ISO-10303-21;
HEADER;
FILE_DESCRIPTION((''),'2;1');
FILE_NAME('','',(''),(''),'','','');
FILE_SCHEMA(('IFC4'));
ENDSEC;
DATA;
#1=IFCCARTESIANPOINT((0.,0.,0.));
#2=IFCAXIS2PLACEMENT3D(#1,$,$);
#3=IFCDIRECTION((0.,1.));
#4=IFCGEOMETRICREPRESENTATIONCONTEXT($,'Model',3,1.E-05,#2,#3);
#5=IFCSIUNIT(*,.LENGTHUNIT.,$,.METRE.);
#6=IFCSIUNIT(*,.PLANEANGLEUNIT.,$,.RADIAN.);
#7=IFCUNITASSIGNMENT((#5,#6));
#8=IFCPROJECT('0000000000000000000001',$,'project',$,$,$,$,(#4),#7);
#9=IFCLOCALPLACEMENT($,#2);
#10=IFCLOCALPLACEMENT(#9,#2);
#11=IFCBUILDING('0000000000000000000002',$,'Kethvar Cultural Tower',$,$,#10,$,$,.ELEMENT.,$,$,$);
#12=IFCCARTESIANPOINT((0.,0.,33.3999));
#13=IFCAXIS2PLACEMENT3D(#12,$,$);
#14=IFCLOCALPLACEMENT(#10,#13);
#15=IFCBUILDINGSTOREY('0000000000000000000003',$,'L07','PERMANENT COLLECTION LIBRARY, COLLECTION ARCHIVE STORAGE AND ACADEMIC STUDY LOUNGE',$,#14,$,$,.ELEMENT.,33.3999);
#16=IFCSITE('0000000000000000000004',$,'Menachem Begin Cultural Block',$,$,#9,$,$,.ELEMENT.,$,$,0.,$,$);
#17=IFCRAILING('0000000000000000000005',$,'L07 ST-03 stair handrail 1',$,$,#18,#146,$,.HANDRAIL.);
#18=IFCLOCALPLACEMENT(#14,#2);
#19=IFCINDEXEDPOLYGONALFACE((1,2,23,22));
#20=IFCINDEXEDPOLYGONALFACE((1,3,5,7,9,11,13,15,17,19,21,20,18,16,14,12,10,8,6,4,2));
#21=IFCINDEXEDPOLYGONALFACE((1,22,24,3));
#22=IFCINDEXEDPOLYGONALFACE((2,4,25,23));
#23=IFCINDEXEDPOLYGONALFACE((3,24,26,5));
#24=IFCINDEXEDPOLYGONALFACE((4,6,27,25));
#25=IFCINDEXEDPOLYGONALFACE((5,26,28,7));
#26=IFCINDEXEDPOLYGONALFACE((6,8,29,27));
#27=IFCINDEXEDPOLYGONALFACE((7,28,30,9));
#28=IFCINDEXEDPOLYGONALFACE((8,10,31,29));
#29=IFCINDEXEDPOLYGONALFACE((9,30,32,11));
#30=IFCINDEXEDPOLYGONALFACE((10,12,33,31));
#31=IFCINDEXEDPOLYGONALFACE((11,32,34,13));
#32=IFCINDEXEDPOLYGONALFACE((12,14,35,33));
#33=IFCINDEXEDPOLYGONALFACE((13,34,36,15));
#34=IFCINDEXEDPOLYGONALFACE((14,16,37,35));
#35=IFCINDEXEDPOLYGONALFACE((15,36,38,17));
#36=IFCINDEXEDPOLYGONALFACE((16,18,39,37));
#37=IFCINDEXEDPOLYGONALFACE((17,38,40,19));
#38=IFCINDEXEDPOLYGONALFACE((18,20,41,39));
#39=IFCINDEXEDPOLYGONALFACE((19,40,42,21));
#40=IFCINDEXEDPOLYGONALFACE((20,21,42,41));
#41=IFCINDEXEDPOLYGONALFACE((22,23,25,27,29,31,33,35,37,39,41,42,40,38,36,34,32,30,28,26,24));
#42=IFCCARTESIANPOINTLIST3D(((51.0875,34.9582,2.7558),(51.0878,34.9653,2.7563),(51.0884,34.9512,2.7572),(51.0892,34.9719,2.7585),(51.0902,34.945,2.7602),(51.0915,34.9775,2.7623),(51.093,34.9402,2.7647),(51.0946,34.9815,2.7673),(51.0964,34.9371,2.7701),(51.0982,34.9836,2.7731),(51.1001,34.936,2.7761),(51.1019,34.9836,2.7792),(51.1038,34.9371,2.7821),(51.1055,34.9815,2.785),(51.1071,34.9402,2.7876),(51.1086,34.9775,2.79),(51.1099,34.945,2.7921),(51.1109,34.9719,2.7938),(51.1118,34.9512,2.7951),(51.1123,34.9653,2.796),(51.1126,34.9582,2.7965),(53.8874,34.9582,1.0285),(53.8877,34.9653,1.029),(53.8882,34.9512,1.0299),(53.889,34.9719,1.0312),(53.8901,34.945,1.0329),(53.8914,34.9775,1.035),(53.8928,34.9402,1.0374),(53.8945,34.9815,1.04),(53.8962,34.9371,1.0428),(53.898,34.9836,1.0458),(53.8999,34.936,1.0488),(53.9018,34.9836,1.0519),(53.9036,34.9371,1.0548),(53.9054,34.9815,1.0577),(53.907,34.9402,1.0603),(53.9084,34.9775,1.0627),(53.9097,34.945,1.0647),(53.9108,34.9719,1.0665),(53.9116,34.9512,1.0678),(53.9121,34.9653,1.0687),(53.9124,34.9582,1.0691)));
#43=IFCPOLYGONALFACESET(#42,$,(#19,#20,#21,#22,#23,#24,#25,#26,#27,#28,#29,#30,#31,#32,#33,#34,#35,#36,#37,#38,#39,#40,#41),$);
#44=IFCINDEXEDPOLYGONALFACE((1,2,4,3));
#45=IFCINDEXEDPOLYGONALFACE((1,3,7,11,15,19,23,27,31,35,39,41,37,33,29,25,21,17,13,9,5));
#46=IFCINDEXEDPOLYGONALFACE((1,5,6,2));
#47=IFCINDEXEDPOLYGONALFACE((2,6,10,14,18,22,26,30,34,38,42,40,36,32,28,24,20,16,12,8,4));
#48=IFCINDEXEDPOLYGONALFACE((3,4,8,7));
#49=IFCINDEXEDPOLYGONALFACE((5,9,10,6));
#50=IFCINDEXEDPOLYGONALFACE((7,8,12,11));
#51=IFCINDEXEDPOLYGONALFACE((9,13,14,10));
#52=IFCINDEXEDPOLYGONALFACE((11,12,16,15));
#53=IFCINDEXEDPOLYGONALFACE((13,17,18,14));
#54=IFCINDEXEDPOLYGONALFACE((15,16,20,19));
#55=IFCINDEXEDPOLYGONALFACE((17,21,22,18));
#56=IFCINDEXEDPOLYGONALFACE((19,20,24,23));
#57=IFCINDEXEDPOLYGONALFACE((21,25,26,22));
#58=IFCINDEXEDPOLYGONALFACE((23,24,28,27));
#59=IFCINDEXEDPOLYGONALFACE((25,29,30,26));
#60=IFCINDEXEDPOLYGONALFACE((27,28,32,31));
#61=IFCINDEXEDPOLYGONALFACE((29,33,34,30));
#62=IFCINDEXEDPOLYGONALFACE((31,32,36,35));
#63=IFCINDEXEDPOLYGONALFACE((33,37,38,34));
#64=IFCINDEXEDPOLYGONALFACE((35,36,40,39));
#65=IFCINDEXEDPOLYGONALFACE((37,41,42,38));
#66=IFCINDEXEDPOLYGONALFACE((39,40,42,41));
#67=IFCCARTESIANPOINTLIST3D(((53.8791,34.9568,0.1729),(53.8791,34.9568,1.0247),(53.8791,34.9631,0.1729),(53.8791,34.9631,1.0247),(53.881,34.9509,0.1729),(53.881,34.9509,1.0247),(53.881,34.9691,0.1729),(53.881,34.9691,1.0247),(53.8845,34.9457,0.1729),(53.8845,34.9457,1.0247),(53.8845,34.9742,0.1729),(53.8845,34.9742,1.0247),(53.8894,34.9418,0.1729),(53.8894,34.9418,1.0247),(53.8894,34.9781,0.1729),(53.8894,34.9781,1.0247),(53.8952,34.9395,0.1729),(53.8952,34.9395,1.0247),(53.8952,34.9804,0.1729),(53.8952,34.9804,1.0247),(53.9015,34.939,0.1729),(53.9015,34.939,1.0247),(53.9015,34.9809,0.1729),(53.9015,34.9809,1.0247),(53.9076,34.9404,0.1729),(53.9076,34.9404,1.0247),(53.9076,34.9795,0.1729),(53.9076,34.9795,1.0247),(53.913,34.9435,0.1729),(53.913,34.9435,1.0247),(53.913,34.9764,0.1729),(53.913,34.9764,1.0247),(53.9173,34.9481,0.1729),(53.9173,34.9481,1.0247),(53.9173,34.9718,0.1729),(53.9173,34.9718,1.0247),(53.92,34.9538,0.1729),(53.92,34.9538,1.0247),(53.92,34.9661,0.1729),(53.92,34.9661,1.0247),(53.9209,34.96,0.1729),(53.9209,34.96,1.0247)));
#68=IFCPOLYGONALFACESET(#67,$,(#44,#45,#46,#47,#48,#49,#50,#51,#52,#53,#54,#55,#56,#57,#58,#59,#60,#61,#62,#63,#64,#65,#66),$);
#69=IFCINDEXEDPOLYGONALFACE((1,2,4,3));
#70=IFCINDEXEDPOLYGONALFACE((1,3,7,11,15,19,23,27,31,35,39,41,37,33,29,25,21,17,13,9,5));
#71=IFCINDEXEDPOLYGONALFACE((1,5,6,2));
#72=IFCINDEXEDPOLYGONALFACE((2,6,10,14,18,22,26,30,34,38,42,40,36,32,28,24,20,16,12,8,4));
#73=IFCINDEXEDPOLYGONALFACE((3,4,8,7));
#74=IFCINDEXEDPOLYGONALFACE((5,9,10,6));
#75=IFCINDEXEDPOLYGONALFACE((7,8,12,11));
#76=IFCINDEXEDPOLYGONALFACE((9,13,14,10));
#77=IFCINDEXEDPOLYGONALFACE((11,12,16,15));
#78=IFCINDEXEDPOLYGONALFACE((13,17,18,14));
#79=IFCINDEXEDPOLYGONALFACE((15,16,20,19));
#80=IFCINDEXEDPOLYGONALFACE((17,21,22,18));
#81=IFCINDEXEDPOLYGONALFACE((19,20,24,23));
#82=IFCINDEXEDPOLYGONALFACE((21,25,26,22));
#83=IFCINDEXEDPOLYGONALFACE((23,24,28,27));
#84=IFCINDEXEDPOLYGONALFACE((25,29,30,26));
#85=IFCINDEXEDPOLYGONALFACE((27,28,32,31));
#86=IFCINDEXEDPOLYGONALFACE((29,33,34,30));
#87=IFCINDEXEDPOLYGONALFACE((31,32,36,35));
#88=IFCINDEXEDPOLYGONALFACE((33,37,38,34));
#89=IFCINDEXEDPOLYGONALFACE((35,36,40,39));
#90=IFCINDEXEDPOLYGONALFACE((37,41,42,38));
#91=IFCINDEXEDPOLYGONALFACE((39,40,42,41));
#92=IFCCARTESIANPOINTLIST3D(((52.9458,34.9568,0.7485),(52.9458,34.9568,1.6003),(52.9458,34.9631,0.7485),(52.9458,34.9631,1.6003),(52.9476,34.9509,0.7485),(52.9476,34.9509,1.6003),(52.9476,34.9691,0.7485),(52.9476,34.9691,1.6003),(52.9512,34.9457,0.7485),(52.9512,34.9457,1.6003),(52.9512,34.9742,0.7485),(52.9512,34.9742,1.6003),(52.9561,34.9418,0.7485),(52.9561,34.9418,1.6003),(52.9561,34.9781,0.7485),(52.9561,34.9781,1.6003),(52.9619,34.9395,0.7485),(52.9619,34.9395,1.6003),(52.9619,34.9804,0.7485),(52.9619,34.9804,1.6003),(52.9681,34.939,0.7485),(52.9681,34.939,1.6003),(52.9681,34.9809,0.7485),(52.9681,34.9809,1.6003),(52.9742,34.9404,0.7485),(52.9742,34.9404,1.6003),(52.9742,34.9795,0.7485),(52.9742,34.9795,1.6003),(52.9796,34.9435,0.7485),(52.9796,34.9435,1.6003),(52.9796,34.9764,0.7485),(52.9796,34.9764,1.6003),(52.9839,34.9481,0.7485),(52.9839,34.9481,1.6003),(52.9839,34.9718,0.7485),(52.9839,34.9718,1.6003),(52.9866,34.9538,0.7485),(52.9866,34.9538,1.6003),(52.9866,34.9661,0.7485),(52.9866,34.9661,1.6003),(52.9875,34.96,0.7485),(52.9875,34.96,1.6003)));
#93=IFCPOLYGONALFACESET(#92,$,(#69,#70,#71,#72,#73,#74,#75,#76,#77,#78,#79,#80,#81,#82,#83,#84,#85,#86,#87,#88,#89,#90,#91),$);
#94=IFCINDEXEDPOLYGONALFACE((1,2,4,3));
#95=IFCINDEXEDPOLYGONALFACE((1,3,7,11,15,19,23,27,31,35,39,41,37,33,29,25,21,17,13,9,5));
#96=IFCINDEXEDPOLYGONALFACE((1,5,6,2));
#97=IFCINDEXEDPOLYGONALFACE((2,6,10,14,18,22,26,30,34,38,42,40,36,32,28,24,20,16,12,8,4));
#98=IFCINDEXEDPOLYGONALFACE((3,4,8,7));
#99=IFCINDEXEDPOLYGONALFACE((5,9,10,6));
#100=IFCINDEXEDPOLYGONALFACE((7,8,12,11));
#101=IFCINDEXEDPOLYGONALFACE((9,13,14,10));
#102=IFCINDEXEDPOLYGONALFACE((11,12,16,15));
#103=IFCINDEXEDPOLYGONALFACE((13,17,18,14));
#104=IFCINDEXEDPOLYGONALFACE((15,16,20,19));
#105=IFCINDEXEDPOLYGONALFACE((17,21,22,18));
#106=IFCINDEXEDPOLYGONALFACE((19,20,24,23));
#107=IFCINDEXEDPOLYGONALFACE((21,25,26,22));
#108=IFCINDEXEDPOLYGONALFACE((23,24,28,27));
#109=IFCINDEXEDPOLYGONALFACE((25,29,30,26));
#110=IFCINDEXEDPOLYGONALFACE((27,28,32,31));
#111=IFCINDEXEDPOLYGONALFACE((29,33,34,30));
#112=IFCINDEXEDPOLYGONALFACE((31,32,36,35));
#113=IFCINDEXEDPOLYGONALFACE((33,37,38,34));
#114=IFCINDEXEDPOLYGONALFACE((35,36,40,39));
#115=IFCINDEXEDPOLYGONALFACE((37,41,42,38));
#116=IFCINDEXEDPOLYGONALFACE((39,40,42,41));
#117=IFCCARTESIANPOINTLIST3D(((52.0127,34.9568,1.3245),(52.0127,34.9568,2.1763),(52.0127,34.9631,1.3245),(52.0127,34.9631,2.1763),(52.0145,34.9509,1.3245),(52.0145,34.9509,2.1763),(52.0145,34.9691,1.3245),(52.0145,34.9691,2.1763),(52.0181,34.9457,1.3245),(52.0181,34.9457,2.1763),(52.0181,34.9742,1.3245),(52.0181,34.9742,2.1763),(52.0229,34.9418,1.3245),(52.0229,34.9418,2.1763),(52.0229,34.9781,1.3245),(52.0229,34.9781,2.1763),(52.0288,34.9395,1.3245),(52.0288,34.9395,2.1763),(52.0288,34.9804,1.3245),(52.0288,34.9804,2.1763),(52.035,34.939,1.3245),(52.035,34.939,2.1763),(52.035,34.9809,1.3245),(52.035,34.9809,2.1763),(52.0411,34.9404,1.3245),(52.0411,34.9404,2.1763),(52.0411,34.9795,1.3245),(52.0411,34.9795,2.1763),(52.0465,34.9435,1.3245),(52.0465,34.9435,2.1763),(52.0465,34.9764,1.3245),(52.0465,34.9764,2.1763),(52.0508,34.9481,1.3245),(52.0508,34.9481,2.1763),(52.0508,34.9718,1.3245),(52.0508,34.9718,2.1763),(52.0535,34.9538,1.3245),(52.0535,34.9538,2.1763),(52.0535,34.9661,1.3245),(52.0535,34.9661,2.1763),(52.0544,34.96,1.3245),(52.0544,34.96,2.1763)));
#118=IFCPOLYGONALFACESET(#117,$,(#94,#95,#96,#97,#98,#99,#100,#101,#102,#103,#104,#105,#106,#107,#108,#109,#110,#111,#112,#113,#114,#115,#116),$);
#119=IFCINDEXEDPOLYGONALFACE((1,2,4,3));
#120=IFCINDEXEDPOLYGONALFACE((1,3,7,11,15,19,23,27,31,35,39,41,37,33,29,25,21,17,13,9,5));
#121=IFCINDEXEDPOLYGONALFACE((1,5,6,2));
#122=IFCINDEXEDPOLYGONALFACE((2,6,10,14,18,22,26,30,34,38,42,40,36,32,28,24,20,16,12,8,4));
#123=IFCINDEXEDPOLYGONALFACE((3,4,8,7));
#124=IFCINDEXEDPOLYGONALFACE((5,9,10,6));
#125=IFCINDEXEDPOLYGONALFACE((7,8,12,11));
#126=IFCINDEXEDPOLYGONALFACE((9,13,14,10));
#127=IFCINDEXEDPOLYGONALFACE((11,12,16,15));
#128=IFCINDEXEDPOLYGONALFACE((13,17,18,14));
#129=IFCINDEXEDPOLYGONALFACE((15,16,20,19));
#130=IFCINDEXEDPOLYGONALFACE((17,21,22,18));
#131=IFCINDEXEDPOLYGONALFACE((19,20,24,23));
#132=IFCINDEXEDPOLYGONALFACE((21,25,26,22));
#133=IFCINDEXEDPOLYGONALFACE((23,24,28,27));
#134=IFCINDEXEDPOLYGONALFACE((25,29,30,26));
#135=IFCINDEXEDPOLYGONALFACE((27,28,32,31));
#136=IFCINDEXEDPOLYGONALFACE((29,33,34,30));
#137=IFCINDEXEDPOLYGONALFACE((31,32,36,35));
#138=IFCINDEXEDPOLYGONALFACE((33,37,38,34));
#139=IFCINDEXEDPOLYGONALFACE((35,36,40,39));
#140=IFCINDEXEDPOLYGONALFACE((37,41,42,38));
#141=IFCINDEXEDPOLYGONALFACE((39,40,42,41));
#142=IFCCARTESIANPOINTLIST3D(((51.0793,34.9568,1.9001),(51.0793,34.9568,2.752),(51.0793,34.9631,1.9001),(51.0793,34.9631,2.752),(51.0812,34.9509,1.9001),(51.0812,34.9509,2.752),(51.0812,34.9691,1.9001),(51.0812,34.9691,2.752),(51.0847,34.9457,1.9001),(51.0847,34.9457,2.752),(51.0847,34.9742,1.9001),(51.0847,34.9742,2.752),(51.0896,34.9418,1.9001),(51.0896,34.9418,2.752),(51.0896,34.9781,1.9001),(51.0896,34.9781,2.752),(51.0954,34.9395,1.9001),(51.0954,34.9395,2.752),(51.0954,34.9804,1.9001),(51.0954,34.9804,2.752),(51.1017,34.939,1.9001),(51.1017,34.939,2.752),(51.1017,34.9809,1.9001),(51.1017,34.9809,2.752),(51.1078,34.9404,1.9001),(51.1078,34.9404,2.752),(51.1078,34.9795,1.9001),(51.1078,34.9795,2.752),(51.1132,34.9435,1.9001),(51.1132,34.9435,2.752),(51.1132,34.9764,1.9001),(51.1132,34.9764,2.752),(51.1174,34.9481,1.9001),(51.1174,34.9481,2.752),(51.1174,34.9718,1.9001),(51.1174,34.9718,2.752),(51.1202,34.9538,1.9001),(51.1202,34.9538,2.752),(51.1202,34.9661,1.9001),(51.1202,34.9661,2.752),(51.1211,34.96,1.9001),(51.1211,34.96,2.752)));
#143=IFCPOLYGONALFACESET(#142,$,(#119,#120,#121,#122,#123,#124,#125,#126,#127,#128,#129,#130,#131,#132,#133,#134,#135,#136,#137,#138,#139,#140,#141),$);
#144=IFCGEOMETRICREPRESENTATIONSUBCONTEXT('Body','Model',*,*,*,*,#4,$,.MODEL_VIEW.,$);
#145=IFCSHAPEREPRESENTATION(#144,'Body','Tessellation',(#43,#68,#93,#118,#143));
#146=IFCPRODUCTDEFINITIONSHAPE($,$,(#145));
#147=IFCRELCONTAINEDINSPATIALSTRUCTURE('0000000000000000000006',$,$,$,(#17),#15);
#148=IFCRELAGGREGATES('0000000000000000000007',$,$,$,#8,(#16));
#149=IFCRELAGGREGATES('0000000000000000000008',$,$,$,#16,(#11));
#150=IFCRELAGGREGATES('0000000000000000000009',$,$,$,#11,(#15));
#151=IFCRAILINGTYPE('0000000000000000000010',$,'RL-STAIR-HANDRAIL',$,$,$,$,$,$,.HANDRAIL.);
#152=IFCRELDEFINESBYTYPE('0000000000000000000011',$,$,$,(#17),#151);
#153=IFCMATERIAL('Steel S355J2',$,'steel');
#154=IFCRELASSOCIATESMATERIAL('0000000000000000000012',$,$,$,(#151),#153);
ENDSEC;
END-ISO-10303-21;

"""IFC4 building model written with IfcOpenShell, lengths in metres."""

from ifc_helpers import new_model, si_unit, direction, frame, origin, origin_2d, place, context, subcontext, project, spatial, circle, extrude, material, type_object, element, save


model = new_model("IFC4")

# Units and contexts
model_context = context("Model", 3, precision=1e-05, world=origin(), true_north=direction((0.0, 1.0)))
body_context = subcontext(model_context, "Body", "Model", "MODEL_VIEW")
ifc_project = project(units=[si_unit("LENGTHUNIT", "METRE"), si_unit("PLANEANGLEUNIT", "RADIAN")], contexts=[model_context])

# Site, building, storey
site_placement = place(None, origin())
site = spatial("IfcSite", under=ifc_project, at=site_placement, Name="Menachem Begin Cultural Block", CompositionType="ELEMENT", RefElevation=0.0)
building_placement = place(site_placement, origin())
building = spatial("IfcBuilding", under=site, at=building_placement, Name="Kethvar Cultural Tower", CompositionType="ELEMENT")
storey_placement = place(building_placement, frame((0.0, 0.0, 33.3999)))
storey = spatial("IfcBuildingStorey", under=building, at=storey_placement, Name="L07", Description="PERMANENT COLLECTION LIBRARY, COLLECTION ARCHIVE STORAGE AND ACADEMIC STUDY LOUNGE", CompositionType="ELEMENT", Elevation=33.3999)

# Shared definitions
ifc_material_1 = material(Name="Steel S355J2", Category="steel")

# Railing
railing_type_1 = type_object("IfcRailingType", Name="RL-STAIR-HANDRAIL", PredefinedType="HANDRAIL", material=ifc_material_1)
railing_1_placement = place(storey_placement, frame((53.8999, 34.96, 0.1729)))
element("IfcRailing", 1, at=railing_1_placement, inside=storey, type_object=railing_type_1, Name="L07 ST-03 stair handrail 1", PredefinedType="HANDRAIL", context=body_context, shape_type="SweptSolid", body=[
    extrude(circle(Radius=0.0239, at=origin_2d()), frame((0.0, 0.0, 0.876), z_axis=(-0.851069, 0.0, 0.525054), x_axis=(0.0, -1.0, 0.0)), (0.0, 0.0, 1.0), 3.2898),
    extrude(circle(Radius=0.021, at=origin_2d()), origin(), (0.0, 0.0, 1.0), 0.8518),
    extrude(circle(Radius=0.021, at=origin_2d()), frame((-0.9333, 0.0, 0.5757)), (0.0, 0.0, 1.0), 0.8518),
    extrude(circle(Radius=0.021, at=origin_2d()), frame((-1.8665, 0.0, 1.1516)), (0.0, 0.0, 1.0), 0.8518),
    extrude(circle(Radius=0.021, at=origin_2d()), frame((-2.7998, 0.0, 1.7273)), (0.0, 0.0, 1.0), 0.8518),
])

save(model, "model.ifc")
